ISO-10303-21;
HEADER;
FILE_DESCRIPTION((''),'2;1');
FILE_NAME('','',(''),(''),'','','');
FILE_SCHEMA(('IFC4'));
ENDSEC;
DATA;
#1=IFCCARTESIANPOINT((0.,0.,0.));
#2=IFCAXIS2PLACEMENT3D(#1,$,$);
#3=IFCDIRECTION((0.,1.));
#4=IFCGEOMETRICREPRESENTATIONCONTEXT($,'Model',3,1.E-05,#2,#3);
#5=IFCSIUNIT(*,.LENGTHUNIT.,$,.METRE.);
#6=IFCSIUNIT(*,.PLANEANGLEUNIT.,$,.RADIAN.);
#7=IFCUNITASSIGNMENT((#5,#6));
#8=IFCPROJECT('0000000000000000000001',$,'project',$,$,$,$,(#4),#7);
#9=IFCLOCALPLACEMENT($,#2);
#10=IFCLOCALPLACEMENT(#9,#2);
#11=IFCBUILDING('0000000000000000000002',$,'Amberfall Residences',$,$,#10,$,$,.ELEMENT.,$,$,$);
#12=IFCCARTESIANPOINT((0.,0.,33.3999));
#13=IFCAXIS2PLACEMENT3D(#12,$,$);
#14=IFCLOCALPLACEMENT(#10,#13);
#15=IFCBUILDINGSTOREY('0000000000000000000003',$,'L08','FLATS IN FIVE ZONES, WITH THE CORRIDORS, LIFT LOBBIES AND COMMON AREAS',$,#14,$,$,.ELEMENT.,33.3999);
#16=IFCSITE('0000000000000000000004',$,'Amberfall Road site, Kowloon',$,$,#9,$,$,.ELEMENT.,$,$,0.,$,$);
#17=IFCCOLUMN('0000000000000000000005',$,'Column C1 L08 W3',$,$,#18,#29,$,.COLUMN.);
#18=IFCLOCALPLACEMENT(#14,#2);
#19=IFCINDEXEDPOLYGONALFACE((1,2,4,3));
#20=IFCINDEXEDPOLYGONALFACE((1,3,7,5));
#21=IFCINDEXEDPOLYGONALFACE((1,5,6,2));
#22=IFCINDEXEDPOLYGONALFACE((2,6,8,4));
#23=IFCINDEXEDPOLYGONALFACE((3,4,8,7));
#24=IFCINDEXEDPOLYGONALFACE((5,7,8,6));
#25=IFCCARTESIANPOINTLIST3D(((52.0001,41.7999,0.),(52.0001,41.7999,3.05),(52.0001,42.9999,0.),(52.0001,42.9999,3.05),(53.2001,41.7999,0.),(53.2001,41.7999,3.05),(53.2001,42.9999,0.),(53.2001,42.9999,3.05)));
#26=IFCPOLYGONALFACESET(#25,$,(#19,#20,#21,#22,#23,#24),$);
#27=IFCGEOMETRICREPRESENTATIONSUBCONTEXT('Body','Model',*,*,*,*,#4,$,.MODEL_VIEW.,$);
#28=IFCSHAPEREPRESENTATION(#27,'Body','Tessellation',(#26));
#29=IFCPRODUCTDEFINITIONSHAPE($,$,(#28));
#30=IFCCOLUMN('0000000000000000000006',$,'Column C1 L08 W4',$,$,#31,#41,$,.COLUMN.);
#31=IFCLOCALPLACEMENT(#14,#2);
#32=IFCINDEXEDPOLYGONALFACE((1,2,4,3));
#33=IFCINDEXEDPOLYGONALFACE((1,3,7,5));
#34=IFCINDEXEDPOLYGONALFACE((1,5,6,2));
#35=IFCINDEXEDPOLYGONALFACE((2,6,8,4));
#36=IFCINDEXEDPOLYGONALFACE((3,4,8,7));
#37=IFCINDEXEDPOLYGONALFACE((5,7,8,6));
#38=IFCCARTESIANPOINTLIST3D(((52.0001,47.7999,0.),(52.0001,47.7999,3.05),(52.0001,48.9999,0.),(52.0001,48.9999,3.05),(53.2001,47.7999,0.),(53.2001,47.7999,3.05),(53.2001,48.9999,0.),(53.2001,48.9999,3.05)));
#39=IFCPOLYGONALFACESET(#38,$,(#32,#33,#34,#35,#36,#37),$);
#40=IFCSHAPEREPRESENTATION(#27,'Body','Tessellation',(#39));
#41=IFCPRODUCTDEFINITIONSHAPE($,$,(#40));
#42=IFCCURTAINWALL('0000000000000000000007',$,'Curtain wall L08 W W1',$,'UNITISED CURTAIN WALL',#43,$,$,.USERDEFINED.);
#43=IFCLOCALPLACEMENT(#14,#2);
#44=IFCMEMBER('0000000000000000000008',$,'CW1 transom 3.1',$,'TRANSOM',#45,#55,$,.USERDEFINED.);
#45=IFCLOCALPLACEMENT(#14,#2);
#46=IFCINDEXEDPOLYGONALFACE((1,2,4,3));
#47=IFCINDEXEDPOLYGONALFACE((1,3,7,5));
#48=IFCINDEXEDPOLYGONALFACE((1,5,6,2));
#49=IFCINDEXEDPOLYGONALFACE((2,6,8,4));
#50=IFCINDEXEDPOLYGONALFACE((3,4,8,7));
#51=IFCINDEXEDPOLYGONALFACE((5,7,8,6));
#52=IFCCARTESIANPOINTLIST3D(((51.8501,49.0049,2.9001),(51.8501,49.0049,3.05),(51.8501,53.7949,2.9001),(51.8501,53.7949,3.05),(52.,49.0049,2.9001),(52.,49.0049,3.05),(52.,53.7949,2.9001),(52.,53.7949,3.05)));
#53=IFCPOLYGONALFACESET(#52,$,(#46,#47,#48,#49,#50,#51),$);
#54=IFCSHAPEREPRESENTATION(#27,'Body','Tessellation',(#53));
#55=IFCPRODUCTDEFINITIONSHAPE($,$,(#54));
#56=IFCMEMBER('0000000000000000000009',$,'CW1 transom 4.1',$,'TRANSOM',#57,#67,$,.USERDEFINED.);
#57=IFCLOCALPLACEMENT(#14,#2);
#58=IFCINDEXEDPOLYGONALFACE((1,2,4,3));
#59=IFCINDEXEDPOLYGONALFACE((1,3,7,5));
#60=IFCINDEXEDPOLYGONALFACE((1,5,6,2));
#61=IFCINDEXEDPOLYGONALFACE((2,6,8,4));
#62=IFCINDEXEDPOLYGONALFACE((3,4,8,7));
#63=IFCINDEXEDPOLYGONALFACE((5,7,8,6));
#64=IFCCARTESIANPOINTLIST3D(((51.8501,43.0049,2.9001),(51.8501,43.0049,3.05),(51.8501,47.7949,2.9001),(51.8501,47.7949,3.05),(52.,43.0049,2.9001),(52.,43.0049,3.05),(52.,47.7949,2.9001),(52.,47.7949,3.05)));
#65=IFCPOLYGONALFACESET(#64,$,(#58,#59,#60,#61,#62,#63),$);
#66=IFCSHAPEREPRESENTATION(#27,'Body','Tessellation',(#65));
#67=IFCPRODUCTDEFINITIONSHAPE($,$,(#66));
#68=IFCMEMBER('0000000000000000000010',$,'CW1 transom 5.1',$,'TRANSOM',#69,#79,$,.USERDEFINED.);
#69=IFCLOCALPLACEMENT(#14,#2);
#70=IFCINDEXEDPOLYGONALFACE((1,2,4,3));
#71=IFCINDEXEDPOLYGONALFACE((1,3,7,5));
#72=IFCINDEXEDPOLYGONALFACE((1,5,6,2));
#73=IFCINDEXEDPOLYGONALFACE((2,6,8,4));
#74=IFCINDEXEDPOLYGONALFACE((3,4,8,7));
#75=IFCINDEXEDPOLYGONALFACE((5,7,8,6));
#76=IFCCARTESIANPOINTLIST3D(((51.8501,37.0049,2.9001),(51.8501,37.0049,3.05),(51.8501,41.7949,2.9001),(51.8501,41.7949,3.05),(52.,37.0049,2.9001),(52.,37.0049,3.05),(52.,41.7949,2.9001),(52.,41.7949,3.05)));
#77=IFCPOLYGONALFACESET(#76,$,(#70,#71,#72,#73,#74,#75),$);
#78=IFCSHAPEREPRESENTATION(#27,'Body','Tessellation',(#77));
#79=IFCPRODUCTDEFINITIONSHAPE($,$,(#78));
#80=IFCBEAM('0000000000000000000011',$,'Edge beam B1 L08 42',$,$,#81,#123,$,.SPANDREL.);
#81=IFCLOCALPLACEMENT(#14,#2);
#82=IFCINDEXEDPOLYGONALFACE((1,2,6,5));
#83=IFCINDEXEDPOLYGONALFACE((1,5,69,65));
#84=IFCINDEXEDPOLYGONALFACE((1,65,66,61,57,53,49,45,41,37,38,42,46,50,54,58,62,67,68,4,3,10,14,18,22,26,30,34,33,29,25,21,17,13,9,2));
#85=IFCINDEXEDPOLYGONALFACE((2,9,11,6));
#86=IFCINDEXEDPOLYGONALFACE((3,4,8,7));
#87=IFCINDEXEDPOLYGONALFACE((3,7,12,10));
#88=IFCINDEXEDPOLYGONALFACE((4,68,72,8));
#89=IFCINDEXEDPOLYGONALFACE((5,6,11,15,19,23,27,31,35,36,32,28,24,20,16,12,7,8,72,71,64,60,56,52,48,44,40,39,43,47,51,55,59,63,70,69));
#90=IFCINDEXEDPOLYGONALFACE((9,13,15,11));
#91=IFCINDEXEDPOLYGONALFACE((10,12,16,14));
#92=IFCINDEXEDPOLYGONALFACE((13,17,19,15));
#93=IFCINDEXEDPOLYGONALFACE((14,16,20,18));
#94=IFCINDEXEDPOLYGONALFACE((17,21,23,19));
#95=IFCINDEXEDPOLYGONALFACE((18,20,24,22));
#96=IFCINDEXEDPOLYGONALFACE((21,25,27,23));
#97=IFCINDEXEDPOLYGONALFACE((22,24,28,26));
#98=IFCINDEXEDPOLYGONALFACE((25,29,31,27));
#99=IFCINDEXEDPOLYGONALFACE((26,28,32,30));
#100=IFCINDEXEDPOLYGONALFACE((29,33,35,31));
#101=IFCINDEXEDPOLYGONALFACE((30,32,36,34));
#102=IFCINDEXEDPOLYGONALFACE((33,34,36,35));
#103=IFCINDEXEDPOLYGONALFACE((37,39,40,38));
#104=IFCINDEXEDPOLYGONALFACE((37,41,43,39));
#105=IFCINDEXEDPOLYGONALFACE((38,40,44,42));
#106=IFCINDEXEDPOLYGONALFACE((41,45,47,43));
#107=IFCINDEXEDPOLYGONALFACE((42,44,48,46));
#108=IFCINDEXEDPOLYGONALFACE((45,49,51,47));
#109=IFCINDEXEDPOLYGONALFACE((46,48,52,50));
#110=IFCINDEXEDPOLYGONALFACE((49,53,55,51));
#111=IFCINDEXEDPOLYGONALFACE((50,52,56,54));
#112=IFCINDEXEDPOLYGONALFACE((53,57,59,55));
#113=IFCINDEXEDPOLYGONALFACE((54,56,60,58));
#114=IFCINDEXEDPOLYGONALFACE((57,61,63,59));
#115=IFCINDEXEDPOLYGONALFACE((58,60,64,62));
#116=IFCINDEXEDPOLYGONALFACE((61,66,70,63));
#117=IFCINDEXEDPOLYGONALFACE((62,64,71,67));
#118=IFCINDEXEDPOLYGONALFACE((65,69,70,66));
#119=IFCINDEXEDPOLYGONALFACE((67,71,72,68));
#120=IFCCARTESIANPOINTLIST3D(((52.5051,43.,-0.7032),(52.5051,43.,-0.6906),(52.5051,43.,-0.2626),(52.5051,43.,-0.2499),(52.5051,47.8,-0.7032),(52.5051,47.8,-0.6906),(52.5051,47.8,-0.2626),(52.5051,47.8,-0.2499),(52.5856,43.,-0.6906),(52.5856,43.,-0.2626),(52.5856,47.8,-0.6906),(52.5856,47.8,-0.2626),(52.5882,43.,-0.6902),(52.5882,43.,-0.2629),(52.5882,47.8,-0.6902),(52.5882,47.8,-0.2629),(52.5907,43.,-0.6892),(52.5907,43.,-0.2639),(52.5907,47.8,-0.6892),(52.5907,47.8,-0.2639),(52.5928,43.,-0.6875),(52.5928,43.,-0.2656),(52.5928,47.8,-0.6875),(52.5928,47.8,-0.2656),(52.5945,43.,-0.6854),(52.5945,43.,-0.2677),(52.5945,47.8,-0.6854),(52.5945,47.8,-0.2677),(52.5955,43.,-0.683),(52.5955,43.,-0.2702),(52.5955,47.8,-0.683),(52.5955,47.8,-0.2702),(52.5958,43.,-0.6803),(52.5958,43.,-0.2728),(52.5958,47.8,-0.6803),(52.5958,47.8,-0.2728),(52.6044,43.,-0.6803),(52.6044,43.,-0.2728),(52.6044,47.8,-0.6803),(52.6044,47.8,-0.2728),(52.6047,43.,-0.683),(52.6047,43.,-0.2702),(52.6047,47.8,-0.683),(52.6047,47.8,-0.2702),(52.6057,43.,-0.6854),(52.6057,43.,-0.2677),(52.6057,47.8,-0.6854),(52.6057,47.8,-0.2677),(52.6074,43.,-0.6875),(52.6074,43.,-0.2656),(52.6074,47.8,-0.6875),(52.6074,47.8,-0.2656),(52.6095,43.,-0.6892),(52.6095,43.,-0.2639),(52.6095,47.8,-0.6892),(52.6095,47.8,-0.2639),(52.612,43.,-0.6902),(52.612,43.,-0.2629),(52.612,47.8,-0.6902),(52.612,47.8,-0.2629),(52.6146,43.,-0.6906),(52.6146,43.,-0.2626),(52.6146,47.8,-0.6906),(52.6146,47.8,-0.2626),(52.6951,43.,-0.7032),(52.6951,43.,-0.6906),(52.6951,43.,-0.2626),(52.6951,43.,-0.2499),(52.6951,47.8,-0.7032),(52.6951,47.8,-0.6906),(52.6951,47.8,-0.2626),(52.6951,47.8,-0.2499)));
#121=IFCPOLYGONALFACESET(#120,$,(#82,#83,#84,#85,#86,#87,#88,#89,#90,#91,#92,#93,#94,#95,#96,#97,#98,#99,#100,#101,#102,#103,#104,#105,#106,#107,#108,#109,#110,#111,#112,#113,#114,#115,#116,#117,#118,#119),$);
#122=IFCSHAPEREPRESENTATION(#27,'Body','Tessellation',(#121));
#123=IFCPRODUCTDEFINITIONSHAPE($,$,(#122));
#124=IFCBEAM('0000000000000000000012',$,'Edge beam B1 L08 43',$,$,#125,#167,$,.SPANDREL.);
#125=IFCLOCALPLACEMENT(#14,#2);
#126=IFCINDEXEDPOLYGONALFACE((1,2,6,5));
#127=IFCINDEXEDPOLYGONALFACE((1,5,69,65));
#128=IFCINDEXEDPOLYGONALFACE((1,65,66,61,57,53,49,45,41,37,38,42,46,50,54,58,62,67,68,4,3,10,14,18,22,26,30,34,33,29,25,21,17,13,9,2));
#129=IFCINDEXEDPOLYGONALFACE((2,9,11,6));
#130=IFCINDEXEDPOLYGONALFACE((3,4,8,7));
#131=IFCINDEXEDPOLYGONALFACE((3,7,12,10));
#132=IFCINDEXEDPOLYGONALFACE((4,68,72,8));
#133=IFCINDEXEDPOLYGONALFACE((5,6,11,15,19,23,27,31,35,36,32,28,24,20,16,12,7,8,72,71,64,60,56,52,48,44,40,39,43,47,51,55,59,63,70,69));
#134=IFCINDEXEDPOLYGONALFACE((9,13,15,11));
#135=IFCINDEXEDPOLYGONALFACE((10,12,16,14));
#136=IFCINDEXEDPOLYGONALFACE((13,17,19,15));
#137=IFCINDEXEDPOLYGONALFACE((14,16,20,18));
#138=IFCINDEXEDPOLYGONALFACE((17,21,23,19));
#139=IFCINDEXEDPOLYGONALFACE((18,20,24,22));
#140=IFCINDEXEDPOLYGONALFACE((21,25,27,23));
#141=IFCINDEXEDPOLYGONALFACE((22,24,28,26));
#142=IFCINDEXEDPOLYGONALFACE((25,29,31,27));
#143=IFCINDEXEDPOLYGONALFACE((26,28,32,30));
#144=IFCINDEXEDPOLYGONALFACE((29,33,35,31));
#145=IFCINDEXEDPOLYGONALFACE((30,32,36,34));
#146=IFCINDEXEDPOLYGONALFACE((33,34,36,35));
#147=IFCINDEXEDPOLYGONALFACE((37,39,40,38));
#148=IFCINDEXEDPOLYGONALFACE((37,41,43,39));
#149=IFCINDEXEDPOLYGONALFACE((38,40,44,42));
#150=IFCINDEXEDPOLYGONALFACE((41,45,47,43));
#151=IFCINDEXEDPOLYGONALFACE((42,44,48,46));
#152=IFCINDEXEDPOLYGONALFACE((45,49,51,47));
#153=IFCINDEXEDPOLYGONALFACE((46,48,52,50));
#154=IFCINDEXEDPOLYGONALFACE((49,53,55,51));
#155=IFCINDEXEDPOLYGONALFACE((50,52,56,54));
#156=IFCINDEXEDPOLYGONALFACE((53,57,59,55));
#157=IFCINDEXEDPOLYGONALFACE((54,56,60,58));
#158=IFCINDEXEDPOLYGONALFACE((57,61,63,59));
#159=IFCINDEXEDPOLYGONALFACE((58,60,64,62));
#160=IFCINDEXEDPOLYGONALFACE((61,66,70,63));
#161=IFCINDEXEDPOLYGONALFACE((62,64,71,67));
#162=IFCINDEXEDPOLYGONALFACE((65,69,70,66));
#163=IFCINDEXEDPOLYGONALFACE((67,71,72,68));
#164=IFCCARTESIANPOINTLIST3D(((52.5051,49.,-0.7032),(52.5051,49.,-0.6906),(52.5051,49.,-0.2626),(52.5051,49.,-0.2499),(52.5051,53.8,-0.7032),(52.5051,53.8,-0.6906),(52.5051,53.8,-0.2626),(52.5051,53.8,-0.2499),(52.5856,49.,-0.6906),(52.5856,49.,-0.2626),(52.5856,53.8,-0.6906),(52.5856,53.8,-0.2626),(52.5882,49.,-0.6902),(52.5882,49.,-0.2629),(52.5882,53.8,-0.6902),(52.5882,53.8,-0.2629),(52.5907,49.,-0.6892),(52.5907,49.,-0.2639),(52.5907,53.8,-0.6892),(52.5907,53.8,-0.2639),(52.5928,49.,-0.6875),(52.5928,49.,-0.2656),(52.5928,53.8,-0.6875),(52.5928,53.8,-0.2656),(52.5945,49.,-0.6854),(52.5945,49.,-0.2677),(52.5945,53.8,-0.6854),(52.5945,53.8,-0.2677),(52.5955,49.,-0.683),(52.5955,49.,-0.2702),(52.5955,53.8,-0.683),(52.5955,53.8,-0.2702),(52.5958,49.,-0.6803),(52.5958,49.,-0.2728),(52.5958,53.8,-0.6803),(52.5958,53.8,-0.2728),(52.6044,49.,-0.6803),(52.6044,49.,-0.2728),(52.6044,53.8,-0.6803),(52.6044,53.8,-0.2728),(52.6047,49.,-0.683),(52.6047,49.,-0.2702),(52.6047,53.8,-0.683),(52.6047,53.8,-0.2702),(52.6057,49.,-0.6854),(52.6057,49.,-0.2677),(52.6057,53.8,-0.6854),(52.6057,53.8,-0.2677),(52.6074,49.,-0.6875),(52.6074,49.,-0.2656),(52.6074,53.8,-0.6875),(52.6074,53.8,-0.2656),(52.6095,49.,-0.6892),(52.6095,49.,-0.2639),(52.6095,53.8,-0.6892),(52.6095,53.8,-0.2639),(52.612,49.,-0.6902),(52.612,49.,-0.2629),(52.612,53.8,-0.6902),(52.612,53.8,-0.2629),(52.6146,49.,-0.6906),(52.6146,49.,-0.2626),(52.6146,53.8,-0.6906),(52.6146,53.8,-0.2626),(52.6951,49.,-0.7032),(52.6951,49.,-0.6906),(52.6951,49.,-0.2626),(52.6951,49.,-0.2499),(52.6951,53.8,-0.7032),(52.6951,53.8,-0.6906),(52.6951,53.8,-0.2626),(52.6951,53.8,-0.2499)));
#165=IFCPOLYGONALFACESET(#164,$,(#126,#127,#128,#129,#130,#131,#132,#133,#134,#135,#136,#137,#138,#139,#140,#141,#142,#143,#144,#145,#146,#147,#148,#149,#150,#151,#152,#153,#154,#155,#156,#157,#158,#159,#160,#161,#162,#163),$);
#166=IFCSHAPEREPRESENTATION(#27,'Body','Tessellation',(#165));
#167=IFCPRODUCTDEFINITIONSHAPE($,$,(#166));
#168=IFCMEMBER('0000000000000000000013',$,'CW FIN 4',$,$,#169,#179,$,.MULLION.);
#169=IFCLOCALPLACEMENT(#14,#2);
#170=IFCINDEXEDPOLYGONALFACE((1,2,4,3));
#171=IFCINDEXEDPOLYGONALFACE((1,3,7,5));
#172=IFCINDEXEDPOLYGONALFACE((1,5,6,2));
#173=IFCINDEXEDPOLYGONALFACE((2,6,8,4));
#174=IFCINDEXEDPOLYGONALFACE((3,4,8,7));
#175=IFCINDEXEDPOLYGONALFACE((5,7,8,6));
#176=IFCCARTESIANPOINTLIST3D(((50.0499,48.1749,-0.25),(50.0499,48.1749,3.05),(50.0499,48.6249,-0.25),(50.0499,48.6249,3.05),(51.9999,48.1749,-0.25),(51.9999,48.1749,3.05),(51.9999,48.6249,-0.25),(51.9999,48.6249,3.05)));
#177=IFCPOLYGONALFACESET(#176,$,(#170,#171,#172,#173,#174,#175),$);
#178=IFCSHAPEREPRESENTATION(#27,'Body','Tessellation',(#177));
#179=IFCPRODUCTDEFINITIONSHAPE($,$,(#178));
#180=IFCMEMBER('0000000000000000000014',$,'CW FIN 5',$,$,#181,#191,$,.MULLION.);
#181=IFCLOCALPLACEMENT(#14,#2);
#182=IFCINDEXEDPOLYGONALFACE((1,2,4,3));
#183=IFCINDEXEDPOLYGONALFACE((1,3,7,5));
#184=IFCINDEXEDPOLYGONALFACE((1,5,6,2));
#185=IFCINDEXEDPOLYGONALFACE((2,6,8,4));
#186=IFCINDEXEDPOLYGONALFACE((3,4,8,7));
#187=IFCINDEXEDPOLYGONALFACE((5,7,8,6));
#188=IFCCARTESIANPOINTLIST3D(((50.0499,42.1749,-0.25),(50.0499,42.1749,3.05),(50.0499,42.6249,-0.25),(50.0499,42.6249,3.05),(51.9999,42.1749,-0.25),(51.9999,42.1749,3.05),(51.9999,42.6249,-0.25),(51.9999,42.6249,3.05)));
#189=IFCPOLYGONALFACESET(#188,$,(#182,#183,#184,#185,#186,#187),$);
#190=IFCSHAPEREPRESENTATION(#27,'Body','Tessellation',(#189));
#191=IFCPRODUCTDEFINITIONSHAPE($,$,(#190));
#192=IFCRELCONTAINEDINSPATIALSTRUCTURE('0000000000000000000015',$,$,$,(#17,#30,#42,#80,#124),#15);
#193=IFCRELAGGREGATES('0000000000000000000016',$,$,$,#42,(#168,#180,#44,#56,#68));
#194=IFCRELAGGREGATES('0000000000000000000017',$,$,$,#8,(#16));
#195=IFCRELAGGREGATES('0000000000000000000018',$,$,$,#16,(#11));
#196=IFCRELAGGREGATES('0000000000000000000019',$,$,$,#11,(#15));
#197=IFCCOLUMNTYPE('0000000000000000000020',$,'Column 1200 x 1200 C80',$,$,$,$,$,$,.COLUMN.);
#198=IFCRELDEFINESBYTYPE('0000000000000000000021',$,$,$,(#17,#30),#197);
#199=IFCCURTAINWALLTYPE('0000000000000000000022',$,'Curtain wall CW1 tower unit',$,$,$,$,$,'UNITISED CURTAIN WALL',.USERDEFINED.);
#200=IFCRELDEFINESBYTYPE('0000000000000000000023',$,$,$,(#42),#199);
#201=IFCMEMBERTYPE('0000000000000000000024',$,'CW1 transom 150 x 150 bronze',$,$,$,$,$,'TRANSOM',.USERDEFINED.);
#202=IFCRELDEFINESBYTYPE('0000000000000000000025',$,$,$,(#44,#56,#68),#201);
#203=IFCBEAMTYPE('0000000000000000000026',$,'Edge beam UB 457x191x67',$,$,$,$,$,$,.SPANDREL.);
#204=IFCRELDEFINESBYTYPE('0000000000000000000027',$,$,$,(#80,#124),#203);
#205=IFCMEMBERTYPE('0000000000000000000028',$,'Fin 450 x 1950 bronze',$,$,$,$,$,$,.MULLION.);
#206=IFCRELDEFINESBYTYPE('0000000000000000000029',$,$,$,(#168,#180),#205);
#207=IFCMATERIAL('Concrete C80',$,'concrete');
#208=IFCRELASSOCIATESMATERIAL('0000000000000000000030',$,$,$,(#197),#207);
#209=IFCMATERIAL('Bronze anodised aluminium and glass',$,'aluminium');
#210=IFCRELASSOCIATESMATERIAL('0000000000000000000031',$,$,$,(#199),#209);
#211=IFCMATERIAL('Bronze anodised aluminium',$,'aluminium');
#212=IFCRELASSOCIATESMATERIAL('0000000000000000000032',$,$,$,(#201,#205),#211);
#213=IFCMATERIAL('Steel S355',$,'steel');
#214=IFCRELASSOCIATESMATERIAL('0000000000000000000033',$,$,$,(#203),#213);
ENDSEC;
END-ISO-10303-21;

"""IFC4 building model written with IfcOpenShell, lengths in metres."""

from ifc_helpers import new_model, si_unit, direction, frame, origin, origin_2d, place, context, subcontext, project, spatial, rectangle, i_section, extrude, material, material_profile, profile_set, type_object, element, aggregate, save


model = new_model("IFC4")

# Units and contexts
model_context = context("Model", 3, precision=1e-05, world=origin(), true_north=direction((0.0, 1.0)))
body_context = subcontext(model_context, "Body", "Model", "MODEL_VIEW")
ifc_project = project(units=[si_unit("LENGTHUNIT", "METRE"), si_unit("PLANEANGLEUNIT", "RADIAN")], contexts=[model_context])

# Site, building, storey
site_placement = place(None, origin())
site = spatial("IfcSite", under=ifc_project, at=site_placement, Name="Amberfall Road site, Kowloon", CompositionType="ELEMENT", RefElevation=0.0)
building_placement = place(site_placement, origin())
building = spatial("IfcBuilding", under=site, at=building_placement, Name="Amberfall Residences", CompositionType="ELEMENT")
storey_placement = place(building_placement, frame((0.0, 0.0, 33.3999)))
storey = spatial("IfcBuildingStorey", under=building, at=storey_placement, Name="L08", Description="FLATS IN FIVE ZONES, WITH THE CORRIDORS, LIFT LOBBIES AND COMMON AREAS", CompositionType="ELEMENT", Elevation=33.3999)

# Columns
ifc_material_1 = material(Name="Concrete C80", Category="concrete")
ifc_material_profile_1 = material_profile(ifc_material_1, rectangle(XDim=1.2, YDim=1.2, at=origin_2d()), Name="Column 1200 x 1200 C80")
ifc_profile_set_1 = profile_set([ifc_material_profile_1], Name="Concrete C80")
column_type = type_object("IfcColumnType", Name="Column 1200 x 1200 C80", PredefinedType="COLUMN", material=ifc_profile_set_1)
for number, where, z_axis, x_axis, name in (
    (1, (52.6001, 42.3999, 0.0), (0.0, 0.0, 1.0), (1.0, 0.0, 0.0), "Column C1 L08 W3"),
    (2, (52.6001, 48.3999, 0.0), (0.0, 0.0, 1.0), (1.0, 0.0, 0.0), "Column C1 L08 W4"),
):
    element("IfcColumn", number, at=place(storey_placement, frame(where, z_axis=z_axis, x_axis=x_axis)), inside=storey, type_object=column_type, Name=name, PredefinedType="COLUMN", context=body_context, shape_type="SweptSolid", body=[
        extrude(rectangle(XDim=1.2, YDim=1.2, at=origin_2d()), origin(), (0.0, 0.0, 1.0), 3.05),
    ])

# Curtain wall, members
ifc_material_2 = material(Name="Bronze anodised aluminium and glass", Category="aluminium")
curtain_wall_type = type_object("IfcCurtainWallType", Name="Curtain wall CW1 tower unit", ElementType="UNITISED CURTAIN WALL", PredefinedType="USERDEFINED", material=ifc_material_2)
curtain_wall_placement = place(storey_placement, origin())
curtain_wall = element("IfcCurtainWall", 3, at=curtain_wall_placement, inside=storey, type_object=curtain_wall_type, Name="Curtain wall L08 W W1", ObjectType="UNITISED CURTAIN WALL", PredefinedType="USERDEFINED")
ifc_material_3 = material(Name="Bronze anodised aluminium", Category="aluminium")
ifc_material_profile_2 = material_profile(ifc_material_3, rectangle(XDim=0.1499, YDim=0.1499, at=origin_2d()), Name="CW1 transom 150 x 150 bronze")
ifc_profile_set_2 = profile_set([ifc_material_profile_2], Name="Bronze anodised aluminium")
member_type_1 = type_object("IfcMemberType", Name="CW1 transom 150 x 150 bronze", ElementType="TRANSOM", PredefinedType="USERDEFINED", material=ifc_profile_set_2)
member_1_placement = place(storey_placement, frame((51.925, 53.7949, 2.9751), z_axis=(0.0, -1.0, 0.0), x_axis=(1.0, 0.0, 0.0)))
member_1 = element("IfcMember", 4, at=member_1_placement, type_object=member_type_1, Name="CW1 transom 3.1", ObjectType="TRANSOM", PredefinedType="USERDEFINED", context=body_context, shape_type="SweptSolid", body=[
    extrude(rectangle(XDim=0.1499, YDim=0.1499, at=origin_2d()), origin(), (0.0, 0.0, 1.0), 4.79),
])
member_2_placement = place(storey_placement, frame((51.925, 47.7949, 2.9751), z_axis=(0.0, -1.0, 0.0), x_axis=(1.0, 0.0, 0.0)))
member_2 = element("IfcMember", 5, at=member_2_placement, type_object=member_type_1, Name="CW1 transom 4.1", ObjectType="TRANSOM", PredefinedType="USERDEFINED", context=body_context, shape_type="SweptSolid", body=[
    extrude(rectangle(XDim=0.1499, YDim=0.1499, at=origin_2d()), origin(), (0.0, 0.0, 1.0), 4.79),
])
member_3_placement = place(storey_placement, frame((51.925, 41.7949, 2.9751), z_axis=(0.0, -1.0, 0.0), x_axis=(1.0, 0.0, 0.0)))
member_3 = element("IfcMember", 6, at=member_3_placement, type_object=member_type_1, Name="CW1 transom 5.1", ObjectType="TRANSOM", PredefinedType="USERDEFINED", context=body_context, shape_type="SweptSolid", body=[
    extrude(rectangle(XDim=0.1499, YDim=0.1499, at=origin_2d()), origin(), (0.0, 0.0, 1.0), 4.79),
])

# Beams
ifc_material_4 = material(Name="Steel S355", Category="steel")
ifc_material_profile_3 = material_profile(ifc_material_4, i_section(OverallWidth=0.1899, OverallDepth=0.4534, WebThickness=0.0085, FlangeThickness=0.0127, FilletRadius=0.0103, at=origin_2d()), Name="UB 457x191x67")
ifc_profile_set_3 = profile_set([ifc_material_profile_3], Name="Steel S355")
beam_type_1 = type_object("IfcBeamType", Name="Edge beam UB 457x191x67", PredefinedType="SPANDREL", material=ifc_profile_set_3)
for number, where, z_axis, x_axis, name in (
    (7, (52.6001, 43.0, -0.4766), (0.0, 1.0, 0.0), (-1.0, 0.0, 0.0), "Edge beam B1 L08 42"),
    (8, (52.6001, 49.0, -0.4766), (0.0, 1.0, 0.0), (-1.0, 0.0, 0.0), "Edge beam B1 L08 43"),
):
    element("IfcBeam", number, at=place(storey_placement, frame(where, z_axis=z_axis, x_axis=x_axis)), inside=storey, type_object=beam_type_1, Name=name, PredefinedType="SPANDREL", context=body_context, shape_type="SweptSolid", body=[
        extrude(i_section(OverallWidth=0.1899, OverallDepth=0.4534, WebThickness=0.0085, FlangeThickness=0.0127, FilletRadius=0.0103, at=origin_2d()), origin(), (0.0, 0.0, 1.0), 4.8),
    ])

# Members
ifc_material_profile_4 = material_profile(ifc_material_3, rectangle(XDim=1.95, YDim=0.45, at=origin_2d()), Name="Fin 450 x 1950 bronze")
ifc_profile_set_4 = profile_set([ifc_material_profile_4], Name="Bronze anodised aluminium")
member_type_2 = type_object("IfcMemberType", Name="Fin 450 x 1950 bronze", PredefinedType="MULLION", material=ifc_profile_set_4)
member_4_placement = place(storey_placement, frame((51.0249, 48.3999, -0.25), z_axis=(0.0, 0.0, 1.0), x_axis=(1.0, 0.0, 0.0)))
member_4 = element("IfcMember", 9, at=member_4_placement, type_object=member_type_2, Name="CW FIN 4", PredefinedType="MULLION", context=body_context, shape_type="SweptSolid", body=[
    extrude(rectangle(XDim=1.95, YDim=0.45, at=origin_2d()), origin(), (0.0, 0.0, 1.0), 3.3),
])
member_5_placement = place(storey_placement, frame((51.0249, 42.3999, -0.25), z_axis=(0.0, 0.0, 1.0), x_axis=(1.0, 0.0, 0.0)))
member_5 = element("IfcMember", 10, at=member_5_placement, type_object=member_type_2, Name="CW FIN 5", PredefinedType="MULLION", context=body_context, shape_type="SweptSolid", body=[
    extrude(rectangle(XDim=1.95, YDim=0.45, at=origin_2d()), origin(), (0.0, 0.0, 1.0), 3.3),
])

aggregate(curtain_wall, [member_4, member_5, member_1, member_2, member_3])

save(model, "model.ifc")
